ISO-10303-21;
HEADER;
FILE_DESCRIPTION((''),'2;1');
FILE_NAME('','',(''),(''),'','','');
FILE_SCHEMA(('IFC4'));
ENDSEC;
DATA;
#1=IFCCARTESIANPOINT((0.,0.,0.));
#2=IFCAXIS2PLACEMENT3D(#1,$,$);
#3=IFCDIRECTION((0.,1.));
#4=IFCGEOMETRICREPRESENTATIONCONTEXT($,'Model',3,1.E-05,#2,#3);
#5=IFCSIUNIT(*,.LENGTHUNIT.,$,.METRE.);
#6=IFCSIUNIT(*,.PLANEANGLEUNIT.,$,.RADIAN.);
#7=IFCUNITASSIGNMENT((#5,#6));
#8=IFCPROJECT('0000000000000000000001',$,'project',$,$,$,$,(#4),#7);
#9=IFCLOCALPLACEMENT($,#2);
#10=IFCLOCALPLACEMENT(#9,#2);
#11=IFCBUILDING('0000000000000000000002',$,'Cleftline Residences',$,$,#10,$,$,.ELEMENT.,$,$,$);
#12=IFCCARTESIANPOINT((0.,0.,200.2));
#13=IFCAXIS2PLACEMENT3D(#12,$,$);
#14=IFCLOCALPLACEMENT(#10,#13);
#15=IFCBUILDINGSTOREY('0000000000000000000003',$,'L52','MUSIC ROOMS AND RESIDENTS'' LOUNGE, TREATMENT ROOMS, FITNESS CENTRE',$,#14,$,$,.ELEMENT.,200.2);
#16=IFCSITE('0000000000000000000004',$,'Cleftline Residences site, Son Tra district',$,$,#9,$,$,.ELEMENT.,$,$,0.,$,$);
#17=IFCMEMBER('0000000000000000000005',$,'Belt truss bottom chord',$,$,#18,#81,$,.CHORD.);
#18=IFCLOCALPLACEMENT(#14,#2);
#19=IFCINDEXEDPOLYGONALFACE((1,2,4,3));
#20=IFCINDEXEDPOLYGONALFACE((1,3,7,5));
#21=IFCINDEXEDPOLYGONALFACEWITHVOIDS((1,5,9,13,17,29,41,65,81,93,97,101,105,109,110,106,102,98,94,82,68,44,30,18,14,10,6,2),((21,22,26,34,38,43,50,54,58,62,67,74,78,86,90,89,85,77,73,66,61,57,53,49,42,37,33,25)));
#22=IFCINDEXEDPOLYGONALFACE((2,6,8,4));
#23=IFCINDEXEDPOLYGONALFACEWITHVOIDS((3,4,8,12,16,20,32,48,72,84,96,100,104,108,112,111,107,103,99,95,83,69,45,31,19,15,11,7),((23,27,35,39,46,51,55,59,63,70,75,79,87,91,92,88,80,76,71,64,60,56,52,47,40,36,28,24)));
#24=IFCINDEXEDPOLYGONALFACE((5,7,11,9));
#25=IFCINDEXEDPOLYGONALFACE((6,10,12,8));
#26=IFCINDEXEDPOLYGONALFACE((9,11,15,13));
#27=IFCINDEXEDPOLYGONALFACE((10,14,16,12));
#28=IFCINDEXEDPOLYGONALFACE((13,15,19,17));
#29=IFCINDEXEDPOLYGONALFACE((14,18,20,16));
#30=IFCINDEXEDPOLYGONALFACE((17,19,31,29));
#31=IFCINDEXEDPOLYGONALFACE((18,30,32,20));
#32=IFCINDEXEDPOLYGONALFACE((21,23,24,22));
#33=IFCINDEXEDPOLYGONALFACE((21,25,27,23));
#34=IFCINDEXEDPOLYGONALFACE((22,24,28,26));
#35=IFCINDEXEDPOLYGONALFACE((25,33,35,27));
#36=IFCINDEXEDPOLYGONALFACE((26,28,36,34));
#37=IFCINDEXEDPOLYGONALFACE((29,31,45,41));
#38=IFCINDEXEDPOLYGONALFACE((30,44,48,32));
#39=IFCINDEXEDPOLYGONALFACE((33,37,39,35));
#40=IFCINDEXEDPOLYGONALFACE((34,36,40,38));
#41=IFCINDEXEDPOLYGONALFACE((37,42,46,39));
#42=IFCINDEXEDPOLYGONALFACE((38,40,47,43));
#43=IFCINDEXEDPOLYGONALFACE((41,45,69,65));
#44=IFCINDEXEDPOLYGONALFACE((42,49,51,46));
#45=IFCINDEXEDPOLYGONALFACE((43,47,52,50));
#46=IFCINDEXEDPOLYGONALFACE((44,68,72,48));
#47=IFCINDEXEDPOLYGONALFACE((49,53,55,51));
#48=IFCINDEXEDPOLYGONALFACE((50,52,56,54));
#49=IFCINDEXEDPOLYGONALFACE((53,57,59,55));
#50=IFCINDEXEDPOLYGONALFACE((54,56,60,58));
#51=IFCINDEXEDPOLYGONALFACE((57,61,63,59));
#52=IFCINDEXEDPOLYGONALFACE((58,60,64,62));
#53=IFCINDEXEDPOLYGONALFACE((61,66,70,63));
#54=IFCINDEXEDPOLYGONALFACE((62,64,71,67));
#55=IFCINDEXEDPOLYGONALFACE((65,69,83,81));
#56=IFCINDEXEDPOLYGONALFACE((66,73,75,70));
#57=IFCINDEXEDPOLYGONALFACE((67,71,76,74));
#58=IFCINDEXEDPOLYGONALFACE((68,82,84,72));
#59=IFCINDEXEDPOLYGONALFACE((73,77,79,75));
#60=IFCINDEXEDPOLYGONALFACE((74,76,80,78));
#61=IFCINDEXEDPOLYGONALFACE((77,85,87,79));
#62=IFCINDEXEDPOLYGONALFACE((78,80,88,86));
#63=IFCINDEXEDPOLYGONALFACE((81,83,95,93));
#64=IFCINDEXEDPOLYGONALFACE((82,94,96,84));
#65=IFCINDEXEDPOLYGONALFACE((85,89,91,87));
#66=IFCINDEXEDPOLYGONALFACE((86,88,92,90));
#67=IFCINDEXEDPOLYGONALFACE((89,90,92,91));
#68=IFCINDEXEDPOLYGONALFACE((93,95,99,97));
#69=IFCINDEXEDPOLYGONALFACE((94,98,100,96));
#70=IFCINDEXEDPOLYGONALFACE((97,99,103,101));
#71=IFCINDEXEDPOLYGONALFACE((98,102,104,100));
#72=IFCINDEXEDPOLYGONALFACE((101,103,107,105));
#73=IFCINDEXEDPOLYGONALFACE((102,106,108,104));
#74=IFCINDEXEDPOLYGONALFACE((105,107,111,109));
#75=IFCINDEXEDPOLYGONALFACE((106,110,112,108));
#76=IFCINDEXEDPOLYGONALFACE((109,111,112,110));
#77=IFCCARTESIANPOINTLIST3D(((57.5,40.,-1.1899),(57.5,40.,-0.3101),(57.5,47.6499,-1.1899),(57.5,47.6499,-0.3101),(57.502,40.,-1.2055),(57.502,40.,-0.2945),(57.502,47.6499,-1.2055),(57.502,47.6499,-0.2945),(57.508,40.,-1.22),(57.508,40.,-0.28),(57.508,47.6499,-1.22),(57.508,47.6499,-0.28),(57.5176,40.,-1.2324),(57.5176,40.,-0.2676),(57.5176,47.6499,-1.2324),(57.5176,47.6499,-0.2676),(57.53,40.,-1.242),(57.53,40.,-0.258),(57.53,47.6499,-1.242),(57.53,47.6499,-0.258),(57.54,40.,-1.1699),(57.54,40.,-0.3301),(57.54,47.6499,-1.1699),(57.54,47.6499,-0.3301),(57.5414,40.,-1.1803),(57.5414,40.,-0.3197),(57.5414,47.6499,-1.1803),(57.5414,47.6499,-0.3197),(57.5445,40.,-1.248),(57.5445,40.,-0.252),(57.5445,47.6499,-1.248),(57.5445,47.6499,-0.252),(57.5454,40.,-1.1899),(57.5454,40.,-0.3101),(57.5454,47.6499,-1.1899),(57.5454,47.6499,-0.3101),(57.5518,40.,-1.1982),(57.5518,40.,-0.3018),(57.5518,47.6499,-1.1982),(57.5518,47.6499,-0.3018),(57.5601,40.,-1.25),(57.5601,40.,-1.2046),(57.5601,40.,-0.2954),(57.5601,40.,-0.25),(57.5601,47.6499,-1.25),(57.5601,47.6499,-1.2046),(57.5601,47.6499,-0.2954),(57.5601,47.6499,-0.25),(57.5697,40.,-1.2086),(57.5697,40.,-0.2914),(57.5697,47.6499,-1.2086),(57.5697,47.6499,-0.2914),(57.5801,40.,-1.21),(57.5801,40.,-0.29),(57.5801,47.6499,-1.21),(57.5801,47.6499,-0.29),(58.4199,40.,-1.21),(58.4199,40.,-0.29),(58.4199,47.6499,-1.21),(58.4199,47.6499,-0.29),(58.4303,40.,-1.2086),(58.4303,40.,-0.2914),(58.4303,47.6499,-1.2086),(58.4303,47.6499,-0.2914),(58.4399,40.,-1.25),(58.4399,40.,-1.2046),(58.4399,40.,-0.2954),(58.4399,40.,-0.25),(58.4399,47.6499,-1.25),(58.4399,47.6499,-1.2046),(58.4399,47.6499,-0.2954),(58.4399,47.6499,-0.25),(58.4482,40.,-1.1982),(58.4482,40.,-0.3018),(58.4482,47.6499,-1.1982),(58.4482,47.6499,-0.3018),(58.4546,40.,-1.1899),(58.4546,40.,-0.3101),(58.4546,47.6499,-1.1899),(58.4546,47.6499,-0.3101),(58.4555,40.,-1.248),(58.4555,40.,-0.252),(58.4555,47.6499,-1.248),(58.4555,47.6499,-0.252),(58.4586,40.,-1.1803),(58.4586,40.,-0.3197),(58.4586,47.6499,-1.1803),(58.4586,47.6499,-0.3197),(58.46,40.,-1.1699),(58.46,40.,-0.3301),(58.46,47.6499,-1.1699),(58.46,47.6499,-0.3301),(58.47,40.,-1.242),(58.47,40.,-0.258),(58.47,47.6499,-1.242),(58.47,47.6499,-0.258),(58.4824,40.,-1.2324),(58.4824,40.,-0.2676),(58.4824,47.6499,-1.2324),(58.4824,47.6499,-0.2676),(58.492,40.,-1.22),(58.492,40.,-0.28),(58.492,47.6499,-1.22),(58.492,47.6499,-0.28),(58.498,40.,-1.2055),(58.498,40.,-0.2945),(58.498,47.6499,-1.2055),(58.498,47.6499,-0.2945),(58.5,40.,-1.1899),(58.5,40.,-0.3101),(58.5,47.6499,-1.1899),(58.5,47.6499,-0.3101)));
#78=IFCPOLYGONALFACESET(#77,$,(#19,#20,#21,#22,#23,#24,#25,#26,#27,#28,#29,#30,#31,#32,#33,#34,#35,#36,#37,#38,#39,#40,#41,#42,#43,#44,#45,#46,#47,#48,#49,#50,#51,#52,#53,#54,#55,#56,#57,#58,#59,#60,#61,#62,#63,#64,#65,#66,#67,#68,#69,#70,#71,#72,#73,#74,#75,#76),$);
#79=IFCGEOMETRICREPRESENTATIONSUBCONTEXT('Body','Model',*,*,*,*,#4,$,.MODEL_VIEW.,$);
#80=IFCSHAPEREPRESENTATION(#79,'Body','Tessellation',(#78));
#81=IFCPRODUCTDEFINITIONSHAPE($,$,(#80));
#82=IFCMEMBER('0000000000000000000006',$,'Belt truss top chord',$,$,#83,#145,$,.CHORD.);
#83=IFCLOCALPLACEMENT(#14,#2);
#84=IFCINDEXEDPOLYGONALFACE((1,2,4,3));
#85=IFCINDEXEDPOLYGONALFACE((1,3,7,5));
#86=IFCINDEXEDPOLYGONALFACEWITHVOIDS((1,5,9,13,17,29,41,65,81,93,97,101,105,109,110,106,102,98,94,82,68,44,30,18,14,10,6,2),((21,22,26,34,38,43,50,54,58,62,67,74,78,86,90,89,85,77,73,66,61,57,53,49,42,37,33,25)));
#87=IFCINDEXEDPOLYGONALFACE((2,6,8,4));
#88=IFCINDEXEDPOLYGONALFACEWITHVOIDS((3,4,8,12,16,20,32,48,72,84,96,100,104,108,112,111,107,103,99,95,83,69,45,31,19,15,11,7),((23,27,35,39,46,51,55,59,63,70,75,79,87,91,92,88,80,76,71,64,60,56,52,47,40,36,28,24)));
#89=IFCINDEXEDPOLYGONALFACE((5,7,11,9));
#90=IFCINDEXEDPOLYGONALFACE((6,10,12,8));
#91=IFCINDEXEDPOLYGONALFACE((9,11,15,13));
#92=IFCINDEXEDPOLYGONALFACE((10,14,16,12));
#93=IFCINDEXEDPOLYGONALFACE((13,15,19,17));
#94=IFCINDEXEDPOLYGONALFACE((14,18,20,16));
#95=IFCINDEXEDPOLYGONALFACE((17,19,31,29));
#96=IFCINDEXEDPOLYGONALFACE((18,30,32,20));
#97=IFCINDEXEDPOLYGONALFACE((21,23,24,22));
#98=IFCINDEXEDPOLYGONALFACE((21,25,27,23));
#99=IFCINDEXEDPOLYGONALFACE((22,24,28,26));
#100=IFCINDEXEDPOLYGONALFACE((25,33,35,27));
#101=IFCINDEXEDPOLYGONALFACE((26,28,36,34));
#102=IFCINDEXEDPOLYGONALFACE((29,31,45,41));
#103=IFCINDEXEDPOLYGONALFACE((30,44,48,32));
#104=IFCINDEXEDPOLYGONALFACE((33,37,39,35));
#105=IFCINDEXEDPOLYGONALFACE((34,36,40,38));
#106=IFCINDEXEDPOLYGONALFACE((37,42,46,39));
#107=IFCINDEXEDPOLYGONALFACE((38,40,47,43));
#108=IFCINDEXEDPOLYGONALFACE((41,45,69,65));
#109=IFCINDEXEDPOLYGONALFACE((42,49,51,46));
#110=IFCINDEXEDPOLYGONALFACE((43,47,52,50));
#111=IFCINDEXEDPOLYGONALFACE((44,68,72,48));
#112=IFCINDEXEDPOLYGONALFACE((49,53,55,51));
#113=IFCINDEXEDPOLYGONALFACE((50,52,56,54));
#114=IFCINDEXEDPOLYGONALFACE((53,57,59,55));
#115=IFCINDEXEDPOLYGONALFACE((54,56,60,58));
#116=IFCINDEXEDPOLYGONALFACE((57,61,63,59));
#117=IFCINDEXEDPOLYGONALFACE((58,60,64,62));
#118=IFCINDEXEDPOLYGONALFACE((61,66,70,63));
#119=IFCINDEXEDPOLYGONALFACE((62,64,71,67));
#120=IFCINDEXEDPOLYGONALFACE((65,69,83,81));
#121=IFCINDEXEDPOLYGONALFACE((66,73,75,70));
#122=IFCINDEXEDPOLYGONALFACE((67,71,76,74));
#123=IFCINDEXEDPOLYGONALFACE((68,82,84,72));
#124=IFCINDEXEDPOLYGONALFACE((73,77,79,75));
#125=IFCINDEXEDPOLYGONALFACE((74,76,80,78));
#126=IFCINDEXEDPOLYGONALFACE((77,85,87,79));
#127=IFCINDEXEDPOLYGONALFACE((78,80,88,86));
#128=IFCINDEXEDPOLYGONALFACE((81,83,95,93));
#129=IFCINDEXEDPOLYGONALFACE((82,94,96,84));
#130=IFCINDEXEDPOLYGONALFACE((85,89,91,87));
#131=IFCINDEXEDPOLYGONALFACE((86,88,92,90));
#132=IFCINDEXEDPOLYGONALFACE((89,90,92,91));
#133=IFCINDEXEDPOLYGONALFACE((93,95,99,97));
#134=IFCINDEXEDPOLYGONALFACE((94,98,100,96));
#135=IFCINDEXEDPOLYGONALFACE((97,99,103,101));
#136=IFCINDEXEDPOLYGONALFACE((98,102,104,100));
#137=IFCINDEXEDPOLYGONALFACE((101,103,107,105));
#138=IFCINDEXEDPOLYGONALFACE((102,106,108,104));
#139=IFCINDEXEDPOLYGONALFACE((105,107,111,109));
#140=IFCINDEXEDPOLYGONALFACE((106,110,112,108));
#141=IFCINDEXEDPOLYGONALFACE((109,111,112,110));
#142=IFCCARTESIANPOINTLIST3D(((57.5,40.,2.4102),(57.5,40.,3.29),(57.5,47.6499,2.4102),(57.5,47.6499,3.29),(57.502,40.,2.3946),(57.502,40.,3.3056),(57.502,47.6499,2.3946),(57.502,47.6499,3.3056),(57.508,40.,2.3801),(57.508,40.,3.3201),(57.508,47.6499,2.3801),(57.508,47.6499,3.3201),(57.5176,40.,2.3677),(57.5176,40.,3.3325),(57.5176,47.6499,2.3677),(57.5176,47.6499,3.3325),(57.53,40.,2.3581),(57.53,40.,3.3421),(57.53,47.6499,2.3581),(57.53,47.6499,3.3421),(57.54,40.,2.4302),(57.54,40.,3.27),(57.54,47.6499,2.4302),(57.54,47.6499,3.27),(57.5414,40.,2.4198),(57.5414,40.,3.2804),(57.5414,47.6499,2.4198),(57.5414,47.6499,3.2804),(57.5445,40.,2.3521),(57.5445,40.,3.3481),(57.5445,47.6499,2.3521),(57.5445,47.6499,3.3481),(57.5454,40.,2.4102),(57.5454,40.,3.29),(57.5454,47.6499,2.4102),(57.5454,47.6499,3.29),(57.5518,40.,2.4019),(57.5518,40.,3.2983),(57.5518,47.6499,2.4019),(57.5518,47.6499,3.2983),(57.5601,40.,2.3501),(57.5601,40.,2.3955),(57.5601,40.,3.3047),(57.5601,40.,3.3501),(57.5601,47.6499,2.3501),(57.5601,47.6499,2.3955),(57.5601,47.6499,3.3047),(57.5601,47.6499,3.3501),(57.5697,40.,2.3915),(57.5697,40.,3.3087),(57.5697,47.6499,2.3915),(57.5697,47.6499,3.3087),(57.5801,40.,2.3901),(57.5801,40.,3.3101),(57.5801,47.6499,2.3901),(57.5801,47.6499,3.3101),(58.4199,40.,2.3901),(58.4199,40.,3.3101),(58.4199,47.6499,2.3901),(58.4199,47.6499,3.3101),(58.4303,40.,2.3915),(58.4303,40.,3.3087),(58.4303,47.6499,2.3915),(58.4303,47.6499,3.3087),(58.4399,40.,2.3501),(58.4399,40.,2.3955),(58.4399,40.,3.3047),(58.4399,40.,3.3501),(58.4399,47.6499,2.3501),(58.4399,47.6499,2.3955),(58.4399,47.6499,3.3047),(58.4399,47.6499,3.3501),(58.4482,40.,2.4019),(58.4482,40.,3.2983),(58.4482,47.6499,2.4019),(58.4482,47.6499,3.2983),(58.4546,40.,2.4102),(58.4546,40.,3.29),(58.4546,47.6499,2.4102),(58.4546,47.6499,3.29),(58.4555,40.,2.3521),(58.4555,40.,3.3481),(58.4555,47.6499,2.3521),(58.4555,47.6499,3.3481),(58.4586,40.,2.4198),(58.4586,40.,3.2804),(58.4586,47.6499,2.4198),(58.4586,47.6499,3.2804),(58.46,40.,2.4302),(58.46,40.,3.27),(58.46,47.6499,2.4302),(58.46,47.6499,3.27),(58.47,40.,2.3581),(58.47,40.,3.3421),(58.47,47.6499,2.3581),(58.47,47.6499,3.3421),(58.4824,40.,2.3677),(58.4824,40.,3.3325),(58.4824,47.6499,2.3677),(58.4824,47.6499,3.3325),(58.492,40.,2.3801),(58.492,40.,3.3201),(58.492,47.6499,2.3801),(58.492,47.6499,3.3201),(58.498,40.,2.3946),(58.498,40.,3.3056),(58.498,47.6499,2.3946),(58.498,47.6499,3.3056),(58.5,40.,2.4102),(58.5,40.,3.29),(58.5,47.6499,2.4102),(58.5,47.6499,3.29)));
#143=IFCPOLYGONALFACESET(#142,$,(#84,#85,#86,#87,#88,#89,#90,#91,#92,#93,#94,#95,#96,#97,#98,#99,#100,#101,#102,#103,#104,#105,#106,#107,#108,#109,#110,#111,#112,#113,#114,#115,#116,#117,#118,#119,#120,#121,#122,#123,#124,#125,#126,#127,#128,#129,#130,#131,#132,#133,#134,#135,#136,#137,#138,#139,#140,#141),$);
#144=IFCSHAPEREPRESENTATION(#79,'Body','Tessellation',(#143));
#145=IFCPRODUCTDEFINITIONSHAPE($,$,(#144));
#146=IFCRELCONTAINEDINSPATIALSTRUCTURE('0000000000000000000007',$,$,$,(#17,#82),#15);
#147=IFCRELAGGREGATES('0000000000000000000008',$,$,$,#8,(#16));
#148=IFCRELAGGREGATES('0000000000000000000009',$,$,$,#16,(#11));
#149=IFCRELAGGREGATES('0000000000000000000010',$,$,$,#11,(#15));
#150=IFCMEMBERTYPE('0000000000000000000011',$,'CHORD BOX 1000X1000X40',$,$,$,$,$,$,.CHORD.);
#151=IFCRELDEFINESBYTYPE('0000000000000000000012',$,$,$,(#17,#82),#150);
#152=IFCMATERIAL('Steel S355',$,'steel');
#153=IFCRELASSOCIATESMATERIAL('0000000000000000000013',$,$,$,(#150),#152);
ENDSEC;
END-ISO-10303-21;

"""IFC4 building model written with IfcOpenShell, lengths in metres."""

from ifc_helpers import new_model, si_unit, direction, frame, origin, origin_2d, place, context, subcontext, project, spatial, hollow_rectangle, extrude, material, material_profile, profile_set, type_object, element, save


model = new_model("IFC4")

# Units and contexts
model_context = context("Model", 3, precision=1e-05, world=origin(), true_north=direction((0.0, 1.0)))
body_context = subcontext(model_context, "Body", "Model", "MODEL_VIEW")
ifc_project = project(units=[si_unit("LENGTHUNIT", "METRE"), si_unit("PLANEANGLEUNIT", "RADIAN")], contexts=[model_context])

# Site, building, storey
site_placement = place(None, origin())
site = spatial("IfcSite", under=ifc_project, at=site_placement, Name="Cleftline Residences site, Son Tra district", CompositionType="ELEMENT", RefElevation=0.0)
building_placement = place(site_placement, origin())
building = spatial("IfcBuilding", under=site, at=building_placement, Name="Cleftline Residences", CompositionType="ELEMENT")
storey_placement = place(building_placement, frame((0.0, 0.0, 200.2)))
storey = spatial("IfcBuildingStorey", under=building, at=storey_placement, Name="L52", Description="MUSIC ROOMS AND RESIDENTS' LOUNGE, TREATMENT ROOMS, FITNESS CENTRE", CompositionType="ELEMENT", Elevation=200.2)

# Members
ifc_material_1 = material(Name="Steel S355", Category="steel")
ifc_material_profile_1 = material_profile(ifc_material_1, hollow_rectangle(XDim=1.0, YDim=1.0, WallThickness=0.04, InnerFilletRadius=0.04, OuterFilletRadius=0.0601, at=origin_2d()))
ifc_profile_set_1 = profile_set([ifc_material_profile_1], Name="Steel S355")
member_type_1 = type_object("IfcMemberType", Name="CHORD BOX 1000X1000X40", PredefinedType="CHORD", material=ifc_profile_set_1)
for number, where, z_axis, x_axis, name in (
    (1, (58.0, 40.0, -0.75), (0.0, 1.0, 0.0), (-1.0, 0.0, 0.0), "Belt truss bottom chord"),
    (2, (58.0, 40.0, 2.8501), (0.0, 1.0, 0.0), (-1.0, 0.0, 0.0), "Belt truss top chord"),
):
    element("IfcMember", number, at=place(storey_placement, frame(where, z_axis=z_axis, x_axis=x_axis)), inside=storey, type_object=member_type_1, Name=name, PredefinedType="CHORD", context=body_context, shape_type="SweptSolid", body=[
        extrude(hollow_rectangle(XDim=1.0, YDim=1.0, WallThickness=0.04, InnerFilletRadius=0.04, OuterFilletRadius=0.0601, at=origin_2d()), origin(), (0.0, 0.0, 1.0), 7.6499),
    ])

save(model, "model.ifc")
